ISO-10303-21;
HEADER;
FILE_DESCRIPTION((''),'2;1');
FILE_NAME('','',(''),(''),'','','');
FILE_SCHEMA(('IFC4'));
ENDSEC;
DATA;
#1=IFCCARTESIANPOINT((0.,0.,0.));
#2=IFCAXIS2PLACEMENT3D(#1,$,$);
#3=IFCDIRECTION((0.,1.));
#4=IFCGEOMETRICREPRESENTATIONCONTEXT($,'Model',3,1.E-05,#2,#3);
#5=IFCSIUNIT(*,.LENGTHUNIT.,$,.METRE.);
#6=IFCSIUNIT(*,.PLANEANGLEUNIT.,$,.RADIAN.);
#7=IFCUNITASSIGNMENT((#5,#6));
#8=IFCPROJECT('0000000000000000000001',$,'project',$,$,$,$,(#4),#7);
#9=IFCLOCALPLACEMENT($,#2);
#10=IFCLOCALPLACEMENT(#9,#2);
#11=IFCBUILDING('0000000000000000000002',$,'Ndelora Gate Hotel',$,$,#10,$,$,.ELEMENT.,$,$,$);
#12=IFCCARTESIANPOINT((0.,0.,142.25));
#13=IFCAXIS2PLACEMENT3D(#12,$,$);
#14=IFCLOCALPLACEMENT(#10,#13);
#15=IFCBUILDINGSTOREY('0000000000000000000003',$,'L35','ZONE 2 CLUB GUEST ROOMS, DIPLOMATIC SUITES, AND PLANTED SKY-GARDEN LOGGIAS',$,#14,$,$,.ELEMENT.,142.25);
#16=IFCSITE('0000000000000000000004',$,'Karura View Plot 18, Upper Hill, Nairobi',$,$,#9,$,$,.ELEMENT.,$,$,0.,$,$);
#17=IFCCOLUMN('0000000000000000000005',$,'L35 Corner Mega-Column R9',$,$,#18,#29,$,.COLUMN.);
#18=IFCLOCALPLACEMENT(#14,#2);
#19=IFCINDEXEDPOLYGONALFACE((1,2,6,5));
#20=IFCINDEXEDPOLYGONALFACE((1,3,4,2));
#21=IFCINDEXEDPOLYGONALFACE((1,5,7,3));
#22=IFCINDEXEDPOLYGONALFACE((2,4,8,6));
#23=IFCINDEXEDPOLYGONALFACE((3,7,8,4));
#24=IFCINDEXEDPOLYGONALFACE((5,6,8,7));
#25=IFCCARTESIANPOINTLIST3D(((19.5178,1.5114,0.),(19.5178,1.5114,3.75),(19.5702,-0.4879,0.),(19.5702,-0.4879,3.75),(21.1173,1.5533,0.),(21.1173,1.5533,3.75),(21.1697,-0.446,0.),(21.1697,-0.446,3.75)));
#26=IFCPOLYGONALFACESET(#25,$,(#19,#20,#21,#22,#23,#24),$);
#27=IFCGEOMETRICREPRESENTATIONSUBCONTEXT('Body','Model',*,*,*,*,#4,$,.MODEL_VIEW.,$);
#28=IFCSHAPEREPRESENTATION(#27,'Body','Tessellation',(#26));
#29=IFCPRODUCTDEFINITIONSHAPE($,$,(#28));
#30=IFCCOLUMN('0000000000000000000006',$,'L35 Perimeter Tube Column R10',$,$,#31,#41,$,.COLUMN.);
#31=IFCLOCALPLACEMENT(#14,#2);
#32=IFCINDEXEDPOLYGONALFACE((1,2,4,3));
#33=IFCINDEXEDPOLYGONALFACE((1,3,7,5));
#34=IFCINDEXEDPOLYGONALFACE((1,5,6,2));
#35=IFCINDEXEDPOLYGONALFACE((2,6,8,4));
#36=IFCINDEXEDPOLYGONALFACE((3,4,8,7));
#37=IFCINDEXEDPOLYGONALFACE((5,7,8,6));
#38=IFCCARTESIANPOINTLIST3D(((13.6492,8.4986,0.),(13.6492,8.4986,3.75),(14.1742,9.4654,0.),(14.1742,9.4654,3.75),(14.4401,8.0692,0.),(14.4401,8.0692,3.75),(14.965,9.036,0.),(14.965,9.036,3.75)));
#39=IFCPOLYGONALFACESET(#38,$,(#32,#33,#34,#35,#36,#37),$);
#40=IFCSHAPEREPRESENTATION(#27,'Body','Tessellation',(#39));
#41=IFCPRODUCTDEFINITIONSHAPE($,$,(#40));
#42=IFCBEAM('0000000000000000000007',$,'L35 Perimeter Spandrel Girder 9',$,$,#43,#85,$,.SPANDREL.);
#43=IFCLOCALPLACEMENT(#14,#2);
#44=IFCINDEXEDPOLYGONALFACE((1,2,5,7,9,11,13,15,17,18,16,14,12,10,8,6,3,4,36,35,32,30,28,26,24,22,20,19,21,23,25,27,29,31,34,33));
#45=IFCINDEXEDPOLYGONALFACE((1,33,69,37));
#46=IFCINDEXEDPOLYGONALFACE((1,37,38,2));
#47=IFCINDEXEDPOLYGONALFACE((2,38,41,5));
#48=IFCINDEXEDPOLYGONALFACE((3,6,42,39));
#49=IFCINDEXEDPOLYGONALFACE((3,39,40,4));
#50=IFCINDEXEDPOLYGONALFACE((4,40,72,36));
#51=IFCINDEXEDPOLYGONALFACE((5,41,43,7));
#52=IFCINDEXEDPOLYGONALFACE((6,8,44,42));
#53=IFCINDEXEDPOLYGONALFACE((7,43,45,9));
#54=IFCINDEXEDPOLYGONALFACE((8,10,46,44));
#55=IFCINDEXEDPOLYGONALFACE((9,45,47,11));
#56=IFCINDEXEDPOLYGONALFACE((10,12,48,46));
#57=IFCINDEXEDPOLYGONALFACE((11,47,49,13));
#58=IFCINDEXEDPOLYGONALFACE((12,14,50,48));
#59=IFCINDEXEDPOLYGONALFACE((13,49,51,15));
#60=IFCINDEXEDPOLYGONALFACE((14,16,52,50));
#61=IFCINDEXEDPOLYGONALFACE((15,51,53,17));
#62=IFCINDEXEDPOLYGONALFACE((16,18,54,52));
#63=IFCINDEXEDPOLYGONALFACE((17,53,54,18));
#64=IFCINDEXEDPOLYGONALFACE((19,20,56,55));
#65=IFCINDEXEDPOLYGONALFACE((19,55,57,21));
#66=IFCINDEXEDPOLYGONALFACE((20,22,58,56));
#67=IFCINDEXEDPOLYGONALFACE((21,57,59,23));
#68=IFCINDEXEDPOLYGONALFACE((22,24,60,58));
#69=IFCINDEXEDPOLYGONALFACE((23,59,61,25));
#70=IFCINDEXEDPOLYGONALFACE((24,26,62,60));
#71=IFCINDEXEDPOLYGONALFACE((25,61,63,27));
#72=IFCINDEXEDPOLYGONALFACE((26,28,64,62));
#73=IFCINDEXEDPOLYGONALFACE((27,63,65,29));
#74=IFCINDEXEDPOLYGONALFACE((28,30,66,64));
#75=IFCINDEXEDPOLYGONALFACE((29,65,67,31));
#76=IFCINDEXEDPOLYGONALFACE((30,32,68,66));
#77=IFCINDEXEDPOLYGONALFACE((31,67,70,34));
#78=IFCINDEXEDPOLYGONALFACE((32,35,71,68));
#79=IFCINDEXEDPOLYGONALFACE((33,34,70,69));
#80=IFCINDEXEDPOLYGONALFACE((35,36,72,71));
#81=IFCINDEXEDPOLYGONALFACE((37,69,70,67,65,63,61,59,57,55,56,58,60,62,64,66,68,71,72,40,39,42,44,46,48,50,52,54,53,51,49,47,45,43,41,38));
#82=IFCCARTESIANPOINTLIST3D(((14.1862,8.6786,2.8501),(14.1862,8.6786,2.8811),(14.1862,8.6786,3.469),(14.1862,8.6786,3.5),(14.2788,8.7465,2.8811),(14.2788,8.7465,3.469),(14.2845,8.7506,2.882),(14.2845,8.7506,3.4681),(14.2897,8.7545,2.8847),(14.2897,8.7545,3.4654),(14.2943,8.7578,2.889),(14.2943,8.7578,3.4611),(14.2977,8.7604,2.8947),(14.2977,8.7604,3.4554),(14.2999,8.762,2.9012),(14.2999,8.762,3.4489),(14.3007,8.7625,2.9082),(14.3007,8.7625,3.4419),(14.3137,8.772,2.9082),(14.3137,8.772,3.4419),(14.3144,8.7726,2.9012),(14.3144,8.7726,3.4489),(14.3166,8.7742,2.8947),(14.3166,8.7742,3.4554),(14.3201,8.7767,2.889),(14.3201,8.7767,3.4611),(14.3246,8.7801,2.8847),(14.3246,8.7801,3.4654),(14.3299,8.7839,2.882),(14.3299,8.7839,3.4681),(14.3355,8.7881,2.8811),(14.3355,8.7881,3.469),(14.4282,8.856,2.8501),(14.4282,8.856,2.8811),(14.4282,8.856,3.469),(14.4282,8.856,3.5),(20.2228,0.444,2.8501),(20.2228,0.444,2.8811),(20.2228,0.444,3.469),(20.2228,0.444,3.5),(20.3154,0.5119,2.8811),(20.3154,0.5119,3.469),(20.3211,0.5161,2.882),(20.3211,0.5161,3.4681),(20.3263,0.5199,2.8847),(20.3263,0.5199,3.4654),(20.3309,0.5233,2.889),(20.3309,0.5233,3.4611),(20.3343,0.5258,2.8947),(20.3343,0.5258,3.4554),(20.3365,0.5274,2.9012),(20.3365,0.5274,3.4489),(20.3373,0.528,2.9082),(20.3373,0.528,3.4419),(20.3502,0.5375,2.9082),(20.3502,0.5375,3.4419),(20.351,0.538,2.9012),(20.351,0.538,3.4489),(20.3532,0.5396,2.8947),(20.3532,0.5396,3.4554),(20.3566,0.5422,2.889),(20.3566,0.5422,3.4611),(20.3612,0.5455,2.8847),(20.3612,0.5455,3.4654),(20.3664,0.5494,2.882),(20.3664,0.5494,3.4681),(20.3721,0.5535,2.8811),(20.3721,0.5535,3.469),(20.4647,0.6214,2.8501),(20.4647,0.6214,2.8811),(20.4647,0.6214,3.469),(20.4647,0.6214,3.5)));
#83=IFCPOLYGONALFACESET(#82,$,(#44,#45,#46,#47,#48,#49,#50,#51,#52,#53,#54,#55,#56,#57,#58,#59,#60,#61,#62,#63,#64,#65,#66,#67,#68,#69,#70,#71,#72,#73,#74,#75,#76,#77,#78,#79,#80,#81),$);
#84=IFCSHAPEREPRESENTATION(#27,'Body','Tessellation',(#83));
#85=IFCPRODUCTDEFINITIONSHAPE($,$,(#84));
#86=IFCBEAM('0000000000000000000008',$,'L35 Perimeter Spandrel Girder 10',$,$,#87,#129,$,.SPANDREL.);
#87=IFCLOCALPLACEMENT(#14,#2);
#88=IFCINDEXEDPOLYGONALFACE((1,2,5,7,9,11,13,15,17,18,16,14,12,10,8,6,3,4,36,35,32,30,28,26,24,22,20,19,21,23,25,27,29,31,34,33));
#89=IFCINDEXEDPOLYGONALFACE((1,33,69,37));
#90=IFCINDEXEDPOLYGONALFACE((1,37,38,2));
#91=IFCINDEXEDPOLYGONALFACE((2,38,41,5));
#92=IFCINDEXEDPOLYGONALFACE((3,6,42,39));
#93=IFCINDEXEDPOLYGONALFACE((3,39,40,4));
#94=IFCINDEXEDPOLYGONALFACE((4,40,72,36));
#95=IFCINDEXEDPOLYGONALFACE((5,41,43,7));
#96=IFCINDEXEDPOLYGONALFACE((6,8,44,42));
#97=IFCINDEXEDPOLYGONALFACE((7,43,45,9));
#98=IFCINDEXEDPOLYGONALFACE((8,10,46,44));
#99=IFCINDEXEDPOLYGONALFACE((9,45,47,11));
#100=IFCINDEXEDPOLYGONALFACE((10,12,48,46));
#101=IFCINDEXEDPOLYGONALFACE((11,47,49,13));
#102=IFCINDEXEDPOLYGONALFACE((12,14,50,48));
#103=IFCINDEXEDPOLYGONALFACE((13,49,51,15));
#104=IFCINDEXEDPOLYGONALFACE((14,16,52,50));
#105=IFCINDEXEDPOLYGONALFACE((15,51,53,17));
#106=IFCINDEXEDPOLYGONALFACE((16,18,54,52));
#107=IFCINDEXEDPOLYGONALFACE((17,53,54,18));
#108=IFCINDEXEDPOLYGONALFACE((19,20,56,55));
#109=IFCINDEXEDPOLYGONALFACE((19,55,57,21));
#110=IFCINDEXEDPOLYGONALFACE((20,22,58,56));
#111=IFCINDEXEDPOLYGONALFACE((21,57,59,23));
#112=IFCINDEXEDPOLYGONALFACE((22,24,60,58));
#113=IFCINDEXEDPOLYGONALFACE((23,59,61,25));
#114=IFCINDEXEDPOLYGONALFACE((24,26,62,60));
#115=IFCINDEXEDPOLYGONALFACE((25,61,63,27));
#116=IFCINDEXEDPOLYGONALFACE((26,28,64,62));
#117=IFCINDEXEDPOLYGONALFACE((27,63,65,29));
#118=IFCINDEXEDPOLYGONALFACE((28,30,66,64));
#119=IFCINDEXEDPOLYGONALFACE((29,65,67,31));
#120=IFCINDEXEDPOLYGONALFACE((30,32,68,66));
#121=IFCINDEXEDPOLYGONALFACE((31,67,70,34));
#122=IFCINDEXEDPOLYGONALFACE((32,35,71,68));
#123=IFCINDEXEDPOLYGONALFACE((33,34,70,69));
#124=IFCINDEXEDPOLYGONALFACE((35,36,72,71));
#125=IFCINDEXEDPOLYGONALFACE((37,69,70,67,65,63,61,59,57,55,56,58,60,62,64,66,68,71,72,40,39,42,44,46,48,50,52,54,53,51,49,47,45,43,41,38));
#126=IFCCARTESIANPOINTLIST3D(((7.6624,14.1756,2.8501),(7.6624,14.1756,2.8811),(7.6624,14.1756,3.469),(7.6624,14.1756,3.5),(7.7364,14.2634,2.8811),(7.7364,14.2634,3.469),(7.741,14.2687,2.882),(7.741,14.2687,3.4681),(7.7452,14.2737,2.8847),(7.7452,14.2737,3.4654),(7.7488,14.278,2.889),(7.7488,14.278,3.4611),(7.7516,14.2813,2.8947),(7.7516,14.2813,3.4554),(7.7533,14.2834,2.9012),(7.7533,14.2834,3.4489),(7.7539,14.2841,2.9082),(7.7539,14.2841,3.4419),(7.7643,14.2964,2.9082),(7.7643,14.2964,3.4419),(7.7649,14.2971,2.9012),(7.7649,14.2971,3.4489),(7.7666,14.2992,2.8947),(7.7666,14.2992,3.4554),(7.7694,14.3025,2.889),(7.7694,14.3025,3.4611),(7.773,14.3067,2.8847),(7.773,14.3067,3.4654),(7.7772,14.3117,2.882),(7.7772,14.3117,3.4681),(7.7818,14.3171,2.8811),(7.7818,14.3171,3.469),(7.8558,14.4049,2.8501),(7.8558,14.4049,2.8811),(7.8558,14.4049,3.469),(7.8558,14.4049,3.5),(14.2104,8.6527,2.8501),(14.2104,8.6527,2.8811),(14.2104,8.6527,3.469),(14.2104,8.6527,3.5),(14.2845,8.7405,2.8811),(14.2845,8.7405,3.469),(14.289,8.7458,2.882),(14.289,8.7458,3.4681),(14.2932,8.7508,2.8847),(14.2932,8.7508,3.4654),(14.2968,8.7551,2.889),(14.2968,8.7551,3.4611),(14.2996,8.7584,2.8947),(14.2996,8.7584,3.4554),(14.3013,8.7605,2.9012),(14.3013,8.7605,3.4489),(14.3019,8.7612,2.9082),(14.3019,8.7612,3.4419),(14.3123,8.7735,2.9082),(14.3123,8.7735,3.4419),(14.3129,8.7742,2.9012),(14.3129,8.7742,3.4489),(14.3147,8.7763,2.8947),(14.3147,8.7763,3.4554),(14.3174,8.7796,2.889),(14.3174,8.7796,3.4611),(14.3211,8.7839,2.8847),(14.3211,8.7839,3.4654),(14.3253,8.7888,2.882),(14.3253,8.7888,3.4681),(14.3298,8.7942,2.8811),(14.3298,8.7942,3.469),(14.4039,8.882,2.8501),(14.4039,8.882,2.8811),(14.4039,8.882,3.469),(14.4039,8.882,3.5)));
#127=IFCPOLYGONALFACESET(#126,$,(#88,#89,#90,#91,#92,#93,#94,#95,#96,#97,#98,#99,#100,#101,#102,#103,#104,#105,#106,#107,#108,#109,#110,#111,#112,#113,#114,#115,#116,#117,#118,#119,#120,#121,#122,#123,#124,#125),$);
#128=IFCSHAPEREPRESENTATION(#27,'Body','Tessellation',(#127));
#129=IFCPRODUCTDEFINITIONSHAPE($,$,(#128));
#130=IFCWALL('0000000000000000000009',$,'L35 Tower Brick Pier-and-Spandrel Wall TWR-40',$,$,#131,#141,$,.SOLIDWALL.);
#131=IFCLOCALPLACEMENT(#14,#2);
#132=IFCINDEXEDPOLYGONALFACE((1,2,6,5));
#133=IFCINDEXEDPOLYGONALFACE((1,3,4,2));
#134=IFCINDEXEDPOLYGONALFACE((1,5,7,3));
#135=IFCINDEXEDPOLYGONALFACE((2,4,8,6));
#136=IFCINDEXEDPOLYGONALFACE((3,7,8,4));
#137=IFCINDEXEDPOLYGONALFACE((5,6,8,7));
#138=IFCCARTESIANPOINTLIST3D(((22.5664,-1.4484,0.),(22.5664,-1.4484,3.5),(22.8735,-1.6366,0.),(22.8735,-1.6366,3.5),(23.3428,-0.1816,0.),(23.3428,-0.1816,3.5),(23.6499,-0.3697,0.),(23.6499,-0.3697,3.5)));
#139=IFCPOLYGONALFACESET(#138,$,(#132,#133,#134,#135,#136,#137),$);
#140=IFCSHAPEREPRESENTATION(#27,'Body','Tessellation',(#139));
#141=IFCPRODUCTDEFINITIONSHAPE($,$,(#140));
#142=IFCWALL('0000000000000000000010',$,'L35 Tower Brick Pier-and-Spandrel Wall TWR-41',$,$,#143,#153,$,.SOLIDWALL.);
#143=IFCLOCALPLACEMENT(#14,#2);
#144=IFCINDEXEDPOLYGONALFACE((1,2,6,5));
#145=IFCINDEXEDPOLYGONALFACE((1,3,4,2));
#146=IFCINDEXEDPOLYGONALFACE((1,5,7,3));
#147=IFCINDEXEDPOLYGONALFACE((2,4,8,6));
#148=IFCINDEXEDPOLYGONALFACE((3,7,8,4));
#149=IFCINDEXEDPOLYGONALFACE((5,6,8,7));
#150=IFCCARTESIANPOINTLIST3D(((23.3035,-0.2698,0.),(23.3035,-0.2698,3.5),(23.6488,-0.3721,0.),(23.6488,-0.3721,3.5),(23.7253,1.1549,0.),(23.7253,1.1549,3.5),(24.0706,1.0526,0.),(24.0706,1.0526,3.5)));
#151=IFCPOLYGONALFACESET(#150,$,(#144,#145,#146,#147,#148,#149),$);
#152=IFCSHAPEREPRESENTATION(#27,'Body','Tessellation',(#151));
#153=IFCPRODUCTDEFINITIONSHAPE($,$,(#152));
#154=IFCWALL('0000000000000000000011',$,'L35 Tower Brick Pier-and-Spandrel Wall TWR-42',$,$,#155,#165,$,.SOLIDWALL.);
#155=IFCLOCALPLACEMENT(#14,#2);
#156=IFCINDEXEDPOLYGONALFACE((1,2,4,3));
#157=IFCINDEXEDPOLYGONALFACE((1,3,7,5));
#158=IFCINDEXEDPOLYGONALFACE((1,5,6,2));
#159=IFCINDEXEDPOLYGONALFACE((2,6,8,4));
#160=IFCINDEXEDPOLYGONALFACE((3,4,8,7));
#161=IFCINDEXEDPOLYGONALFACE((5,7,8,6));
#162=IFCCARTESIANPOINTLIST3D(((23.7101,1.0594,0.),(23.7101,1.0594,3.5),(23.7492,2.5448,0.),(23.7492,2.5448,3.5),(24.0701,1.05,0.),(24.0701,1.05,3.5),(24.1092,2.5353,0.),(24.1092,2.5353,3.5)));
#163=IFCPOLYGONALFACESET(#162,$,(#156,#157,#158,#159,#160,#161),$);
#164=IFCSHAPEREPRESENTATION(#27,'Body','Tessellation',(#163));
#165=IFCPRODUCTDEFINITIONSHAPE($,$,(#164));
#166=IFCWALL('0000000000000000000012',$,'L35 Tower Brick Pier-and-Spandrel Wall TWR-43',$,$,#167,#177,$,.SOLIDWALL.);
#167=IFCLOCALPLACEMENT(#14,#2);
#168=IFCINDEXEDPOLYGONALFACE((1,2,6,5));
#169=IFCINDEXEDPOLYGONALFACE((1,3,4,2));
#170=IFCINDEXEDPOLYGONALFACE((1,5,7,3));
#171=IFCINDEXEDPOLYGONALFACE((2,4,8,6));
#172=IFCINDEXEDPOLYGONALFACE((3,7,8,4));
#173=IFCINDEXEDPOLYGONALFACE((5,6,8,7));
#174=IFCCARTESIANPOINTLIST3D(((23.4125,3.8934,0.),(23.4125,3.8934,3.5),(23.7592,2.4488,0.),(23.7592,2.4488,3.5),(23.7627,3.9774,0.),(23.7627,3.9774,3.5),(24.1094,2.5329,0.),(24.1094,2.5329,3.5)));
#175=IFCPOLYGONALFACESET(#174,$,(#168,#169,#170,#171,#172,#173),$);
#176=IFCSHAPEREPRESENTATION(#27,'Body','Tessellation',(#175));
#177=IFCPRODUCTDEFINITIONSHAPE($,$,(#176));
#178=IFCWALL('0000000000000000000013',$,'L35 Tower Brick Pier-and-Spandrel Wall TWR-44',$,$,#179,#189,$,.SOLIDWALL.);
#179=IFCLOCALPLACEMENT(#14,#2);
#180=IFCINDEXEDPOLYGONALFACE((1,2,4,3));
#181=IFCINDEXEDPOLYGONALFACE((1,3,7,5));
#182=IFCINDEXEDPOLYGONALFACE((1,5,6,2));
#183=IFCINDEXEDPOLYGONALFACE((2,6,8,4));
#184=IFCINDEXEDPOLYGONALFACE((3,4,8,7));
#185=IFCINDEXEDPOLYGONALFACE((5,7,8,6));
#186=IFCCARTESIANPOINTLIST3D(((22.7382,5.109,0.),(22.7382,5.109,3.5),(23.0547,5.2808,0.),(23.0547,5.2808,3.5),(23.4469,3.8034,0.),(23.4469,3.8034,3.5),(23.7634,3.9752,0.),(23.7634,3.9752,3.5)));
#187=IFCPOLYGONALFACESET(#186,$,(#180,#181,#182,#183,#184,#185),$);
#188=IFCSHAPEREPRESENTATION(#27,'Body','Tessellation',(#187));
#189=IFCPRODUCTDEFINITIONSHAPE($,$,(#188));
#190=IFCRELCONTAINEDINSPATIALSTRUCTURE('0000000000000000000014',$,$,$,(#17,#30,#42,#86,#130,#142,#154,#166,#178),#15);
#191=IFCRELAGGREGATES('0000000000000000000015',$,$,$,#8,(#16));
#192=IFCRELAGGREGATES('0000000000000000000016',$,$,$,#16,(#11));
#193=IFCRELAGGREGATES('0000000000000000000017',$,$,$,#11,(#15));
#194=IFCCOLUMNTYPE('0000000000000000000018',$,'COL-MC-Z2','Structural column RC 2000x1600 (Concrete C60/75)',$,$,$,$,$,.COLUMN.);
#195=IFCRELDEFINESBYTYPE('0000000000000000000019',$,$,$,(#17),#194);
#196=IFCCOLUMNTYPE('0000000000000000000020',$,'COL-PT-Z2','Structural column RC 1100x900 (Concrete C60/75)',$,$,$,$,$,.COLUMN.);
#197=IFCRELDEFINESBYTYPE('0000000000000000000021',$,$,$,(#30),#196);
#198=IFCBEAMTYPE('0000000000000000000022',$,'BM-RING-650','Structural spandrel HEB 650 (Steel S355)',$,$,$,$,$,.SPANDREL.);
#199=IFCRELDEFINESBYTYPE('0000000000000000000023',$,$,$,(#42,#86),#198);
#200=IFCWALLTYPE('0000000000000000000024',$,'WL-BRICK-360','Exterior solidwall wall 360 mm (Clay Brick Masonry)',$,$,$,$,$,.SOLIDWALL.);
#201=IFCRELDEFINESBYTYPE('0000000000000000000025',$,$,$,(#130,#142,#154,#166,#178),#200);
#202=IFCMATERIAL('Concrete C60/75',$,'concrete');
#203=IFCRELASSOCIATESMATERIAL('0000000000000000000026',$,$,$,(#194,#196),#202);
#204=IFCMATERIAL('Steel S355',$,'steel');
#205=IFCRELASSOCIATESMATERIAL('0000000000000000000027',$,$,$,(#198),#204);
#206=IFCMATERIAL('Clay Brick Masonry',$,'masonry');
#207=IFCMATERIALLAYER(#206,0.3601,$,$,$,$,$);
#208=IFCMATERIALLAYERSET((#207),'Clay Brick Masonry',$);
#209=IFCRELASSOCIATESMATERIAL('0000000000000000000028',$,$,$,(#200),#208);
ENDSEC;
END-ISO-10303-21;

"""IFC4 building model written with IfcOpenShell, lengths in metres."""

from ifc_helpers import new_model, si_unit, direction, frame, frame_2d, origin, origin_2d, place, context, subcontext, project, spatial, rectangle, i_section, extrude, material, layer, layer_set, material_profile, profile_set, type_object, element, save


model = new_model("IFC4")

# Units and contexts
model_context = context("Model", 3, precision=1e-05, world=origin(), true_north=direction((0.0, 1.0)))
body_context = subcontext(model_context, "Body", "Model", "MODEL_VIEW")
ifc_project = project(units=[si_unit("LENGTHUNIT", "METRE"), si_unit("PLANEANGLEUNIT", "RADIAN")], contexts=[model_context])

# Site, building, storey
site_placement = place(None, origin())
site = spatial("IfcSite", under=ifc_project, at=site_placement, Name="Karura View Plot 18, Upper Hill, Nairobi", CompositionType="ELEMENT", RefElevation=0.0)
building_placement = place(site_placement, origin())
building = spatial("IfcBuilding", under=site, at=building_placement, Name="Ndelora Gate Hotel", CompositionType="ELEMENT")
storey_placement = place(building_placement, frame((0.0, 0.0, 142.25)))
storey = spatial("IfcBuildingStorey", under=building, at=storey_placement, Name="L35", Description="ZONE 2 CLUB GUEST ROOMS, DIPLOMATIC SUITES, AND PLANTED SKY-GARDEN LOGGIAS", CompositionType="ELEMENT", Elevation=142.25)

# Columns
ifc_material_1 = material(Name="Concrete C60/75", Category="concrete")
ifc_material_profile_1 = material_profile(ifc_material_1, rectangle(XDim=1.6001, YDim=2.0, at=origin_2d()), Name="RC 2000x1600")
ifc_profile_set_1 = profile_set([ifc_material_profile_1], Name="Concrete C60/75")
column_type_1 = type_object("IfcColumnType", Name="COL-MC-Z2", Description="Structural column RC 2000x1600 (Concrete C60/75)", PredefinedType="COLUMN", material=ifc_profile_set_1)
column_1_placement = place(storey_placement, frame((20.3438, 0.5327, 0.0), z_axis=(0.0, 0.0, 1.0), x_axis=(0.999657, 0.026177, 0.0)))
element("IfcColumn", 1, at=column_1_placement, inside=storey, type_object=column_type_1, Name="L35 Corner Mega-Column R9", PredefinedType="COLUMN", context=body_context, shape_type="SweptSolid", body=[
    extrude(rectangle(XDim=1.6001, YDim=2.0, at=origin_2d()), origin(), (0.0, 0.0, 1.0), 3.75),
])
ifc_material_profile_2 = material_profile(ifc_material_1, rectangle(XDim=0.8999, YDim=1.1001, at=origin_2d()), Name="RC 1100x900")
ifc_profile_set_2 = profile_set([ifc_material_profile_2], Name="Concrete C60/75")
column_type_2 = type_object("IfcColumnType", Name="COL-PT-Z2", Description="Structural column RC 1100x900 (Concrete C60/75)", PredefinedType="COLUMN", material=ifc_profile_set_2)
column_2_placement = place(storey_placement, frame((14.3071, 8.7673, 0.0), z_axis=(0.0, 0.0, 1.0), x_axis=(-0.878817, 0.477159, 0.0)))
element("IfcColumn", 2, at=column_2_placement, inside=storey, type_object=column_type_2, Name="L35 Perimeter Tube Column R10", PredefinedType="COLUMN", context=body_context, shape_type="SweptSolid", body=[
    extrude(rectangle(XDim=0.8999, YDim=1.1001, at=origin_2d()), origin(), (0.0, 0.0, 1.0), 3.75),
])

# Beams
ifc_material_2 = material(Name="Steel S355", Category="steel")
ifc_material_profile_3 = material_profile(ifc_material_2, i_section(OverallWidth=0.3, OverallDepth=0.6499, WebThickness=0.0161, FlangeThickness=0.031, FilletRadius=0.0271, at=origin_2d()), Name="HEB 650")
ifc_profile_set_3 = profile_set([ifc_material_profile_3], Name="Steel S355")
beam_type = type_object("IfcBeamType", Name="BM-RING-650", Description="Structural spandrel HEB 650 (Steel S355)", PredefinedType="SPANDREL", material=ifc_profile_set_3)
beam_1_placement = place(storey_placement, frame((20.3438, 0.5327, 3.175), z_axis=(-0.59123, 0.806503, 0.0), x_axis=(-0.806503, -0.59123, 0.0)))
element("IfcBeam", 3, at=beam_1_placement, inside=storey, type_object=beam_type, Name="L35 Perimeter Spandrel Girder 9", PredefinedType="SPANDREL", context=body_context, shape_type="SweptSolid", body=[
    extrude(i_section(OverallWidth=0.3, OverallDepth=0.6499, WebThickness=0.0161, FlangeThickness=0.031, FilletRadius=0.0271, at=origin_2d()), origin(), (0.0, 0.0, 1.0), 10.2102),
])
beam_2_placement = place(storey_placement, frame((14.3071, 8.7673, 3.175), z_axis=(-0.764407, 0.644734, 0.0), x_axis=(-0.644734, -0.764407, 0.0)))
element("IfcBeam", 4, at=beam_2_placement, inside=storey, type_object=beam_type, Name="L35 Perimeter Spandrel Girder 10", PredefinedType="SPANDREL", context=body_context, shape_type="SweptSolid", body=[
    extrude(i_section(OverallWidth=0.3, OverallDepth=0.6499, WebThickness=0.0161, FlangeThickness=0.031, FilletRadius=0.0271, at=origin_2d()), origin(), (0.0, 0.0, 1.0), 8.5662),
])

# Walls
ifc_material_3 = material(Name="Clay Brick Masonry", Category="masonry")
ifc_layer_1 = layer(ifc_material_3, 0.3601)
ifc_layer_set_1 = layer_set([ifc_layer_1], Name="Clay Brick Masonry")
wall_type = type_object("IfcWallType", Name="WL-BRICK-360", Description="Exterior solidwall wall 360 mm (Clay Brick Masonry)", PredefinedType="SOLIDWALL", material=ifc_layer_set_1)
for number, where, z_axis, x_axis, name in (
    (5, (23.4963, -0.2756, 0.0), (0.0, 0.0, 1.0), (-0.52252, -0.852627, 0.0), "L35 Tower Brick Pier-and-Spandrel Wall TWR-40"),
    (6, (23.8979, 1.1038, 0.0), (0.0, 0.0, 1.0), (-0.283909, -0.958851, 0.0), "L35 Tower Brick Pier-and-Spandrel Wall TWR-41"),
    (7, (23.9292, 2.54, 0.0), (0.0, 0.0, 1.0), (-0.026289, -0.999654, 0.0), "L35 Tower Brick Pier-and-Spandrel Wall TWR-42"),
):
    element("IfcWall", number, at=place(storey_placement, frame(where, z_axis=z_axis, x_axis=x_axis)), inside=storey, type_object=wall_type, Name=name, PredefinedType="SOLIDWALL", context=body_context, shape_type="SweptSolid", body=[
        extrude(rectangle(XDim=1.4858, YDim=0.3601, at=frame_2d((0.7429, 0.0))), origin(), (0.0, 0.0, 1.0), 3.5),
    ])
for number, where, z_axis, x_axis, name in (
    (8, (23.5876, 3.9353, 0.0), (0.0, 0.0, 1.0), (0.233361, -0.97239, 0.0), "L35 Tower Brick Pier-and-Spandrel Wall TWR-43"),
    (9, (22.8965, 5.1948, 0.0), (0.0, 0.0, 1.0), (0.477066, -0.878867, 0.0), "L35 Tower Brick Pier-and-Spandrel Wall TWR-44"),
):
    element("IfcWall", number, at=place(storey_placement, frame(where, z_axis=z_axis, x_axis=x_axis)), inside=storey, type_object=wall_type, Name=name, PredefinedType="SOLIDWALL", context=body_context, shape_type="SweptSolid", body=[
        extrude(rectangle(XDim=1.4856, YDim=0.3601, at=frame_2d((0.7427, 0.0))), origin(), (0.0, 0.0, 1.0), 3.5),
    ])

save(model, "model.ifc")
